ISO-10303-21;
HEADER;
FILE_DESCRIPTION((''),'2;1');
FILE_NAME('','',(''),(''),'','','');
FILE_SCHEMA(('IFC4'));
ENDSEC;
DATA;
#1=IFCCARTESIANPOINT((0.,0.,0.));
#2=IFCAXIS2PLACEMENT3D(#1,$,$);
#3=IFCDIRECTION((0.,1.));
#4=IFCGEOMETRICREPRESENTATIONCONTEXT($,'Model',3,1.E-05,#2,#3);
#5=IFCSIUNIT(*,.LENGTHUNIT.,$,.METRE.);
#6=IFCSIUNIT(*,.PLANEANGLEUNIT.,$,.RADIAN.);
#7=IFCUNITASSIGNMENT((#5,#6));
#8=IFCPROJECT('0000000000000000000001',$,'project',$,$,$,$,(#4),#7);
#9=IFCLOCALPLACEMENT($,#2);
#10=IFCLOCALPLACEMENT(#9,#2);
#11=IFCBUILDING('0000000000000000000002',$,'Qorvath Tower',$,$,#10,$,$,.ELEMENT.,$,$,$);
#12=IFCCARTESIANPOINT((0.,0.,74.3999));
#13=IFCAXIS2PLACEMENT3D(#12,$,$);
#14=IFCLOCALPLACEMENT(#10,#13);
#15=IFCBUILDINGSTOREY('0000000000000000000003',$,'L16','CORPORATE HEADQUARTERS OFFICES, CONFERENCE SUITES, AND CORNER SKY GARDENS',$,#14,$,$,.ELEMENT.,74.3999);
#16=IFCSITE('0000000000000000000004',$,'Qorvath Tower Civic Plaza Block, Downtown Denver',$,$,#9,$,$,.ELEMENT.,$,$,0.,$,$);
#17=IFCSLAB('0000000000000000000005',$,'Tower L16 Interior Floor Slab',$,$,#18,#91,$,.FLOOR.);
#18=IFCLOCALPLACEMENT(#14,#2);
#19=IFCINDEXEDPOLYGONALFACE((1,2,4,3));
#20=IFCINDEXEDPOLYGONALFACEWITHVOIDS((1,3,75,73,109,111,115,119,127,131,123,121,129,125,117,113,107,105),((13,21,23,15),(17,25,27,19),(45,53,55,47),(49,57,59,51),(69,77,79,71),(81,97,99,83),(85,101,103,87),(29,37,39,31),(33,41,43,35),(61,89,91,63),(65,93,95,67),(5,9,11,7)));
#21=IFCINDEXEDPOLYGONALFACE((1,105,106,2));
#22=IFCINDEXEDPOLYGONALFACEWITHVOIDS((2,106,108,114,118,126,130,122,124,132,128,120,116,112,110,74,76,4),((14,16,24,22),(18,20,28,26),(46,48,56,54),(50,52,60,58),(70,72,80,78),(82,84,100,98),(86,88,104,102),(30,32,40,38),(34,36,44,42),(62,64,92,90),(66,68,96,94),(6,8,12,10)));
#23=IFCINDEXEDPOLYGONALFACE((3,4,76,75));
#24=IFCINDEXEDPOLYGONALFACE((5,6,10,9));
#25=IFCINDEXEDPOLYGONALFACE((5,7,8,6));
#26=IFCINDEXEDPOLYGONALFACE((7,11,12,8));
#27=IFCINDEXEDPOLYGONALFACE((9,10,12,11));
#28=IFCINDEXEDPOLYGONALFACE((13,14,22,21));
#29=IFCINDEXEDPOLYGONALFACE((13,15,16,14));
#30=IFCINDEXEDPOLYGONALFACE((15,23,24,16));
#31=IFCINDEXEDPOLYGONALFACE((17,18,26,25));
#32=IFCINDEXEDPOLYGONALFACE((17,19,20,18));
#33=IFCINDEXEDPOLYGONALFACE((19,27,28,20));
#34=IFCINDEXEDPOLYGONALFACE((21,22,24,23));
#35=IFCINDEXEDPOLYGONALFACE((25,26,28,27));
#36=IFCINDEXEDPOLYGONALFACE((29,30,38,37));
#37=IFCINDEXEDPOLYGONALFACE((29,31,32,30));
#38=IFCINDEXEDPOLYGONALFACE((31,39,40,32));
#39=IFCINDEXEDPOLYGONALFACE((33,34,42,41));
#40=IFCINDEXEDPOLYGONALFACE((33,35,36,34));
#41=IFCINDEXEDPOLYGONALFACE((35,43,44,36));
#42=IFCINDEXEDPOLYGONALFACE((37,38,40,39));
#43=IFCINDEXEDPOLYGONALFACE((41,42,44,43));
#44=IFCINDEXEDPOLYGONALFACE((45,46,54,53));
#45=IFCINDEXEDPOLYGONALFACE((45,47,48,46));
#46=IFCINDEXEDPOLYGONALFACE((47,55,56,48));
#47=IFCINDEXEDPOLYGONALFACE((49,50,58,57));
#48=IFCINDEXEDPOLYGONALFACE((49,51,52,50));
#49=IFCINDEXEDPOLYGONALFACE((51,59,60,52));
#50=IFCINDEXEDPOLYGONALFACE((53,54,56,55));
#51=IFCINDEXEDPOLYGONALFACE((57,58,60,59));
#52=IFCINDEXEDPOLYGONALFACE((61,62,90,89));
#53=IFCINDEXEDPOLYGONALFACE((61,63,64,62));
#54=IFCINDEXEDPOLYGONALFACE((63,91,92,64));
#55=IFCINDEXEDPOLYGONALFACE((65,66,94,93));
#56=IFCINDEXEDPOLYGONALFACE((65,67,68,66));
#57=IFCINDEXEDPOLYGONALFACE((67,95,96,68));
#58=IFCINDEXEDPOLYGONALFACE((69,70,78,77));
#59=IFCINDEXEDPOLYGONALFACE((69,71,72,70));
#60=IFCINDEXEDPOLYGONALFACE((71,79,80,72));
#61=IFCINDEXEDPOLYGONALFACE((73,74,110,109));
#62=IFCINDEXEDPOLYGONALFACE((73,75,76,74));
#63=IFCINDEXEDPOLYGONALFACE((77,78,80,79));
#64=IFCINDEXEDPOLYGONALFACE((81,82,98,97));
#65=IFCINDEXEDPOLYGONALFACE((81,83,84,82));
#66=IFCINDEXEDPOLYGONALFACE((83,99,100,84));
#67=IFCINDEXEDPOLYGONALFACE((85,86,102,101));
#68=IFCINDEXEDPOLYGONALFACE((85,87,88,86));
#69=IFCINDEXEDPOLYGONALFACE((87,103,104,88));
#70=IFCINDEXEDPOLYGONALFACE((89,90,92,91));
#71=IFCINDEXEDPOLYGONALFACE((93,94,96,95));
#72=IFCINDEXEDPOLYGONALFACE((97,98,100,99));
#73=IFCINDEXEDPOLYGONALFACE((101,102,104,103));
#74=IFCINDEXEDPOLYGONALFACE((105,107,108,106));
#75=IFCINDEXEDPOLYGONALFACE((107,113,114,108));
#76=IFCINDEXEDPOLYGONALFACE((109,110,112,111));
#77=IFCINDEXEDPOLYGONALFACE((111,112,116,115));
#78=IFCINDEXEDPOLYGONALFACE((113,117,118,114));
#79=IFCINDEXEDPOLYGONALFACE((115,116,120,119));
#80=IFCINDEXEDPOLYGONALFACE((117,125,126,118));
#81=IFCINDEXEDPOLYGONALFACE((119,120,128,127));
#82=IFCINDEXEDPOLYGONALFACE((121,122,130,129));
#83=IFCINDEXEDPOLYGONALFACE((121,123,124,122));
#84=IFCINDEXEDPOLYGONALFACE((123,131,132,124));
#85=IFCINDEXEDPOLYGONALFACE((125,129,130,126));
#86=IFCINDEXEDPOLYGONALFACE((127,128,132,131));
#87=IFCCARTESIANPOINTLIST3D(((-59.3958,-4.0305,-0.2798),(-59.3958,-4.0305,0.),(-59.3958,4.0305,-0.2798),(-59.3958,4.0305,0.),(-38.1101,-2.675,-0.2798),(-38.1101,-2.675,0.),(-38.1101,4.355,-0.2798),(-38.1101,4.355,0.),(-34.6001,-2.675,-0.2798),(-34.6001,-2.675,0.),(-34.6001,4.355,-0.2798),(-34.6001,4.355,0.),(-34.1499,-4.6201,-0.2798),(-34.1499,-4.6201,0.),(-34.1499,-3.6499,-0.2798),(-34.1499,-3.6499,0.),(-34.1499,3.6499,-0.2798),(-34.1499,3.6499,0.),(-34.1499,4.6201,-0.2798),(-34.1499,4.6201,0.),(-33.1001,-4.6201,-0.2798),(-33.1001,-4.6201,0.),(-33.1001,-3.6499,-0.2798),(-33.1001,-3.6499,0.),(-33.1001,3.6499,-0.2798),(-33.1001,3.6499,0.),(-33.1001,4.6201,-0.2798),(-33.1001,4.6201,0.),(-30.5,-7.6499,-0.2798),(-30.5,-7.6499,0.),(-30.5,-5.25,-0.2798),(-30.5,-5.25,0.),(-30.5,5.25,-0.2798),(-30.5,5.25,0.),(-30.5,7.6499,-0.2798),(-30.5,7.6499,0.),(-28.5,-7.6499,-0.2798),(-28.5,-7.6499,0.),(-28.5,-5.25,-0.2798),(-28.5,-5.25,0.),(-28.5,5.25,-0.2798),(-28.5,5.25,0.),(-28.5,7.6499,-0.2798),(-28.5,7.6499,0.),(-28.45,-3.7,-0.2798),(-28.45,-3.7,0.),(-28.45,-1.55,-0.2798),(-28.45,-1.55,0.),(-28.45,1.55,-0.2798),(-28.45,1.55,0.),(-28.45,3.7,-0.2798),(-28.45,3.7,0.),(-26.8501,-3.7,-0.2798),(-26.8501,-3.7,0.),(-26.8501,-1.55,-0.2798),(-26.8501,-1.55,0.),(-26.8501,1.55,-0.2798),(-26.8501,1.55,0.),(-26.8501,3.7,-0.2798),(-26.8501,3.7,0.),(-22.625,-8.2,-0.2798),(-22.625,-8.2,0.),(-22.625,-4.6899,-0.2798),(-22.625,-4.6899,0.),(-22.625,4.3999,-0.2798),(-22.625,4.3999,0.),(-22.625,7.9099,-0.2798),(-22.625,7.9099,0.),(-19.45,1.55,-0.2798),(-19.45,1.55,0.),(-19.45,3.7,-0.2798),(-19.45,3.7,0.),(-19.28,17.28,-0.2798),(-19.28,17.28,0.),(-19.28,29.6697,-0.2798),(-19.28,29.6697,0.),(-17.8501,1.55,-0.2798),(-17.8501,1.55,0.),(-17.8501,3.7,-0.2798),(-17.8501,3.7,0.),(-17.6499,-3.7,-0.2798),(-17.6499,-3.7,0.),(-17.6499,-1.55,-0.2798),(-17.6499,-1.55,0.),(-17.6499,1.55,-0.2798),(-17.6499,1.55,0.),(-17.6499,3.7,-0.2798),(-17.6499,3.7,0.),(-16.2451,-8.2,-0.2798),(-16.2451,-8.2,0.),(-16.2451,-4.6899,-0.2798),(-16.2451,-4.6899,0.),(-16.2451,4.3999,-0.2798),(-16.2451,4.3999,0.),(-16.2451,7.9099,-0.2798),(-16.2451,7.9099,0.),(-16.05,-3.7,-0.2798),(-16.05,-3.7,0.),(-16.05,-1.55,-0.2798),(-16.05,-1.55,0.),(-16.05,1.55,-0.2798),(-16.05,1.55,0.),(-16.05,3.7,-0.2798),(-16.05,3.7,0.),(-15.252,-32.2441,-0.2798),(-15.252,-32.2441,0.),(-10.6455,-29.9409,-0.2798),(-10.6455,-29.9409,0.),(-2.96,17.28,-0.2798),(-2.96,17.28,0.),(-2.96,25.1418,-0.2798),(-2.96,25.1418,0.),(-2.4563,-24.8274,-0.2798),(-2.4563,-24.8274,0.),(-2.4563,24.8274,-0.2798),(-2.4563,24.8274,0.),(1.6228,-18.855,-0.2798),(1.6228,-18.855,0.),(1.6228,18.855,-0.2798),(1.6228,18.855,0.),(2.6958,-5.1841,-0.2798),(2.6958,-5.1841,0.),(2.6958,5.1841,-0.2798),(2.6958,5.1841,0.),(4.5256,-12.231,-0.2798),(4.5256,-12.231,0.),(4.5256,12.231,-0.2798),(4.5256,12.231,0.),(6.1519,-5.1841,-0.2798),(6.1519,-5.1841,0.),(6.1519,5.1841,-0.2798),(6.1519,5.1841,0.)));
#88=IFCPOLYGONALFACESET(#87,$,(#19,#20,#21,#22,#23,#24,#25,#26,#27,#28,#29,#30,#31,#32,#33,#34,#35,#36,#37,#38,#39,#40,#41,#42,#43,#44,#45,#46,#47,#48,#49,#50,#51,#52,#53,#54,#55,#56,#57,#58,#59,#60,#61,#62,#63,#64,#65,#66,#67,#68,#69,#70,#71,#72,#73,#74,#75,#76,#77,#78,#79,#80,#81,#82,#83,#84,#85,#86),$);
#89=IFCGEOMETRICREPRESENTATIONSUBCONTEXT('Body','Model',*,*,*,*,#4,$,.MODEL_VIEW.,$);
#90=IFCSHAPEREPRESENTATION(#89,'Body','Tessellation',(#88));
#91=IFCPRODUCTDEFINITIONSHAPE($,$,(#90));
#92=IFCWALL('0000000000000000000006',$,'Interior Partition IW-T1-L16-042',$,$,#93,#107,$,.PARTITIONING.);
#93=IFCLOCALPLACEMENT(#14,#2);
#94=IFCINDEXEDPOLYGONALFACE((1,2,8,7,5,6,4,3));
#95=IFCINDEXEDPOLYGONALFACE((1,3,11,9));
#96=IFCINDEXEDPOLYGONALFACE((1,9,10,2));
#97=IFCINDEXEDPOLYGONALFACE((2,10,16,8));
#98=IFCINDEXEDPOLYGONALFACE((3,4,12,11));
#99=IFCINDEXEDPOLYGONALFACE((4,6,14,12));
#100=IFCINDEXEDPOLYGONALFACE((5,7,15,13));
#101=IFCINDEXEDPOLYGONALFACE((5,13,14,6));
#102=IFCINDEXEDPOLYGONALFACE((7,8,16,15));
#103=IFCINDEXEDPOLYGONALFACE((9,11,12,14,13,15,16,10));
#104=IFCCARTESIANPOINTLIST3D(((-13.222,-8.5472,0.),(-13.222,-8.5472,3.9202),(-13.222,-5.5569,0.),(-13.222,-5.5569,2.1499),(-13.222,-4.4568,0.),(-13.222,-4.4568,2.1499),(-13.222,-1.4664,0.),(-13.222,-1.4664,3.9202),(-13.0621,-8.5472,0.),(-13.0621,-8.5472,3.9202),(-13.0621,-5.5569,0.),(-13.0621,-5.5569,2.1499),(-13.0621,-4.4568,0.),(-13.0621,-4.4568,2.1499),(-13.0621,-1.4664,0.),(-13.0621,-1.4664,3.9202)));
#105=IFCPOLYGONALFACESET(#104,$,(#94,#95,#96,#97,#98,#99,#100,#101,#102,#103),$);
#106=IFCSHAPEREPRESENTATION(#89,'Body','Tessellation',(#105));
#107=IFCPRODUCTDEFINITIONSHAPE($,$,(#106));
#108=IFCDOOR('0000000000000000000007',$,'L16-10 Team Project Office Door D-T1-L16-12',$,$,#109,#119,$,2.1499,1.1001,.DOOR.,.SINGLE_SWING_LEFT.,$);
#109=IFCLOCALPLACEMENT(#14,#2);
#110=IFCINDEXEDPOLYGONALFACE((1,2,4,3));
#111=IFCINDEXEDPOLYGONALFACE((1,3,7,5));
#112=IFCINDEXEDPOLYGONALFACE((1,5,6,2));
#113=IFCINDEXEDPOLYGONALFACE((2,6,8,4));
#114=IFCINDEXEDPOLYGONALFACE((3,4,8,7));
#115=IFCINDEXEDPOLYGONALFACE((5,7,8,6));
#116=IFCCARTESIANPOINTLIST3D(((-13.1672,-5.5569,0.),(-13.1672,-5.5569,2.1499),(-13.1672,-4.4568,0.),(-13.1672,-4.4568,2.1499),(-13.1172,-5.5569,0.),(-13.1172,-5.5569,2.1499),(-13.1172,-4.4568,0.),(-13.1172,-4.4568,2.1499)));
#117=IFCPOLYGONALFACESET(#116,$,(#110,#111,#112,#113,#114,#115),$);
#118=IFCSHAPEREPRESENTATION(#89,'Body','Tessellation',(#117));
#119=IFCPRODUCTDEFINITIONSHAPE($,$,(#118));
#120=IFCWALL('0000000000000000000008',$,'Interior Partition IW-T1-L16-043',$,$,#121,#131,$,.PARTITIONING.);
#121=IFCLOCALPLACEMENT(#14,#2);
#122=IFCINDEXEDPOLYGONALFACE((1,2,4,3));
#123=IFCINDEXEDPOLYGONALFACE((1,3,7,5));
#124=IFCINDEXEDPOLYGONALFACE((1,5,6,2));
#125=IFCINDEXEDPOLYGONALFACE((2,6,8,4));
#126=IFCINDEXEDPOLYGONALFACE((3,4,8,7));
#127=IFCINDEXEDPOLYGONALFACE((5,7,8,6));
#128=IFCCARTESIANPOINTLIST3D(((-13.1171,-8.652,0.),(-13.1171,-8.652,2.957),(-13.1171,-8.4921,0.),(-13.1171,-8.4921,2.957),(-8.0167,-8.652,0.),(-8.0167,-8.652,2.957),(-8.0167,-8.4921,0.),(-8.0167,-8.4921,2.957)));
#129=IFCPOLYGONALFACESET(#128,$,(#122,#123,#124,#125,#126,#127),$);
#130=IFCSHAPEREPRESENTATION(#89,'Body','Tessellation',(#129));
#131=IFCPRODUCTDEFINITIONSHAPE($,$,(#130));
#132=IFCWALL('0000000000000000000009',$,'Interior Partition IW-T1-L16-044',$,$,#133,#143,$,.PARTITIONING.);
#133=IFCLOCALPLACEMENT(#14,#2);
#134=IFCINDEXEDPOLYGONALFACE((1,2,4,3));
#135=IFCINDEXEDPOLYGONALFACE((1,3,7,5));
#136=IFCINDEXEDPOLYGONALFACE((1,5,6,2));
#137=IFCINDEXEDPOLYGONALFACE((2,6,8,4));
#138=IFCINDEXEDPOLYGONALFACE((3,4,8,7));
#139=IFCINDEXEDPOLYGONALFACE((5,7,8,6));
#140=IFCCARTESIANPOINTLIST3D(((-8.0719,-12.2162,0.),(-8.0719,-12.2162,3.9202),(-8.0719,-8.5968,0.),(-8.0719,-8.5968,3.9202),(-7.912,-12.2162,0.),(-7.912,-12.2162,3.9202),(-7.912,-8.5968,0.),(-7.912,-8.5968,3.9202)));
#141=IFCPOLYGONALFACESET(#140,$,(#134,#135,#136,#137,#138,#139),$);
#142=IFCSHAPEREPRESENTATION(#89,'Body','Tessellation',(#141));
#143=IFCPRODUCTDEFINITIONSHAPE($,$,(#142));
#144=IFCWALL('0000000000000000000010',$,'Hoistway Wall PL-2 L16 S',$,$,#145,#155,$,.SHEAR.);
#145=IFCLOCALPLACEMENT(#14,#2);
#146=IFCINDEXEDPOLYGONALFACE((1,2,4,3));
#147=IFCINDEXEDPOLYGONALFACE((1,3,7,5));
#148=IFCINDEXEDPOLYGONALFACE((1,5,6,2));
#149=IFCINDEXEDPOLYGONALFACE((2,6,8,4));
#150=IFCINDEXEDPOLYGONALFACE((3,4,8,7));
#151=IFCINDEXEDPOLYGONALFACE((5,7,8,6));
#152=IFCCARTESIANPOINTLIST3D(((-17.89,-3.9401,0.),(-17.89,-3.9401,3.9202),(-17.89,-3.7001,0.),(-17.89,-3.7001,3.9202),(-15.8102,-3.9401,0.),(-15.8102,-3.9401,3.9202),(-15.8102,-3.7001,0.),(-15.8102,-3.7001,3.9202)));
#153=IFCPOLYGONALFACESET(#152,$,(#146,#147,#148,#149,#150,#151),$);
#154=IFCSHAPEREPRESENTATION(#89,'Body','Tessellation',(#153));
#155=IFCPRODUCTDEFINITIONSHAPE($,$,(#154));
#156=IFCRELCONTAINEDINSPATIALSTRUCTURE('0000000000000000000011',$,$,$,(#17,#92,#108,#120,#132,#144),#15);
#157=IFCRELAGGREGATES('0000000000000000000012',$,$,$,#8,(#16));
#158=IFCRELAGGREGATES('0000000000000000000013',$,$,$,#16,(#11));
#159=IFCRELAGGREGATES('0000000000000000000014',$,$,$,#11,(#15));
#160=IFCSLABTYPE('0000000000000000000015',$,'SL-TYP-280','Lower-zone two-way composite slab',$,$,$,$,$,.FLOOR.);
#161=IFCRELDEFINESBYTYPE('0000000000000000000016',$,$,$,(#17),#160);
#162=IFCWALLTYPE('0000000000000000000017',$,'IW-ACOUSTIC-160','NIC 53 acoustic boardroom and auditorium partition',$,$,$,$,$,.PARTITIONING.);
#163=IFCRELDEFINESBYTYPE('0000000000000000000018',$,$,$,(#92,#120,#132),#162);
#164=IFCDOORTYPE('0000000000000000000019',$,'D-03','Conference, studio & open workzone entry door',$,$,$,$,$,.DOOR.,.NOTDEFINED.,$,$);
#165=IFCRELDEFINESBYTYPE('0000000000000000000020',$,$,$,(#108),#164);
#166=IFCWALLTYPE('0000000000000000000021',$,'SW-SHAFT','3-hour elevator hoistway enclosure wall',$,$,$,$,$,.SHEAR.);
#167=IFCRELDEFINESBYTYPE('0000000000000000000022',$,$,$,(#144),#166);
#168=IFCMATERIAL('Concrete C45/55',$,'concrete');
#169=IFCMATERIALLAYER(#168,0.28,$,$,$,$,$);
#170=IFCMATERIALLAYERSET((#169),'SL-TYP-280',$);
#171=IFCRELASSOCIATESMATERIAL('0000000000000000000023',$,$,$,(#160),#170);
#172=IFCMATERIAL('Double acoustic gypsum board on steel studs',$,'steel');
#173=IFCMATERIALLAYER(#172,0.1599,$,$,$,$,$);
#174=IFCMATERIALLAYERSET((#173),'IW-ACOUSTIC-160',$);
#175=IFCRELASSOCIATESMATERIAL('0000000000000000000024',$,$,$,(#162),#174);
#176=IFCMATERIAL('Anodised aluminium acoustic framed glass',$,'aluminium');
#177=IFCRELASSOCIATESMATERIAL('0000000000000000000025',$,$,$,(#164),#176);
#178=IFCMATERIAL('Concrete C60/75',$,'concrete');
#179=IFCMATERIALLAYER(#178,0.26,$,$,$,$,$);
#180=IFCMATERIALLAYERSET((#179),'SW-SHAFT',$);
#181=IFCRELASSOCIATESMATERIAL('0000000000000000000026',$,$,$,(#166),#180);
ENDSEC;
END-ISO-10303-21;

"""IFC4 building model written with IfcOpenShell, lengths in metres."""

from ifc_helpers import new_model, si_unit, direction, frame, frame_2d, origin, place, context, subcontext, project, spatial, polyline, rectangle, outline, extrude, material, layer, layer_set, type_object, element, fill, save


model = new_model("IFC4")

# Units and contexts
model_context = context("Model", 3, precision=1e-05, world=origin(), true_north=direction((0.0, 1.0)))
body_context = subcontext(model_context, "Body", "Model", "MODEL_VIEW")
ifc_project = project(units=[si_unit("LENGTHUNIT", "METRE"), si_unit("PLANEANGLEUNIT", "RADIAN")], contexts=[model_context])

# Site, building, storey
site_placement = place(None, origin())
site = spatial("IfcSite", under=ifc_project, at=site_placement, Name="Qorvath Tower Civic Plaza Block, Downtown Denver", CompositionType="ELEMENT", RefElevation=0.0)
building_placement = place(site_placement, origin())
building = spatial("IfcBuilding", under=site, at=building_placement, Name="Qorvath Tower", CompositionType="ELEMENT")
storey_placement = place(building_placement, frame((0.0, 0.0, 74.3999)))
storey = spatial("IfcBuildingStorey", under=building, at=storey_placement, Name="L16", Description="CORPORATE HEADQUARTERS OFFICES, CONFERENCE SUITES, AND CORNER SKY GARDENS", CompositionType="ELEMENT", Elevation=74.3999)

# Slab
ifc_material_1 = material(Name="Concrete C45/55", Category="concrete")
ifc_layer_1 = layer(ifc_material_1, 0.28)
ifc_layer_set_1 = layer_set([ifc_layer_1], Name="SL-TYP-280")
slab_type_1 = type_object("IfcSlabType", Name="SL-TYP-280", Description="Lower-zone two-way composite slab", PredefinedType="FLOOR", material=ifc_layer_set_1)
slab_1_placement = place(storey_placement, frame((0.0, 0.0, -0.2798)))
element("IfcSlab", 1, at=slab_1_placement, inside=storey, type_object=slab_type_1, Name="Tower L16 Interior Floor Slab", PredefinedType="FLOOR", context=body_context, shape_type="SweptSolid", body=[
    extrude(outline(polyline([(-2.4563, 24.8274), (-2.96, 25.1418), (-2.96, 17.28), (-19.28, 17.28), (-19.28, 29.6697), (-59.3958, 4.0305), (-59.3958, -4.0305), (-15.252, -32.2441), (-10.6455, -29.9409), (-2.4563, -24.8274), (1.6228, -18.855), (4.5256, -12.231), (6.1519, -5.1841), (2.6958, -5.1841), (2.6958, 5.1841), (6.1519, 5.1841), (4.5256, 12.231), (1.6228, 18.855), (-2.4563, 24.8274)]), holes=[polyline([(-17.6499, -3.7), (-17.6499, -1.55), (-16.05, -1.55), (-16.05, -3.7), (-17.6499, -3.7)]), polyline([(-17.6499, 1.55), (-17.6499, 3.7), (-16.05, 3.7), (-16.05, 1.55), (-17.6499, 1.55)]), polyline([(-16.2451, -8.2), (-22.625, -8.2), (-22.625, -4.6899), (-16.2451, -4.6899), (-16.2451, -8.2)]), polyline([(-22.625, 4.3999), (-22.625, 7.9099), (-16.2451, 7.9099), (-16.2451, 4.3999), (-22.625, 4.3999)]), polyline([(-17.8501, 1.55), (-19.45, 1.55), (-19.45, 3.7), (-17.8501, 3.7), (-17.8501, 1.55)]), polyline([(-28.45, -3.7), (-28.45, -1.55), (-26.8501, -1.55), (-26.8501, -3.7), (-28.45, -3.7)]), polyline([(-26.8501, 1.55), (-28.45, 1.55), (-28.45, 3.7), (-26.8501, 3.7), (-26.8501, 1.55)]), polyline([(-28.5, -7.6499), (-30.5, -7.6499), (-30.5, -5.25), (-28.5, -5.25), (-28.5, -7.6499)]), polyline([(-30.5, 5.25), (-30.5, 7.6499), (-28.5, 7.6499), (-28.5, 5.25), (-30.5, 5.25)]), polyline([(-34.1499, -4.6201), (-34.1499, -3.6499), (-33.1001, -3.6499), (-33.1001, -4.6201), (-34.1499, -4.6201)]), polyline([(-34.1499, 3.6499), (-34.1499, 4.6201), (-33.1001, 4.6201), (-33.1001, 3.6499), (-34.1499, 3.6499)]), polyline([(-34.6001, -2.675), (-38.1101, -2.675), (-38.1101, 4.355), (-34.6001, 4.355), (-34.6001, -2.675)])]), origin(), (0.0, 0.0, 1.0), 0.2798),
])

# Wall, opening, door
ifc_material_2 = material(Name="Double acoustic gypsum board on steel studs", Category="steel")
ifc_layer_2 = layer(ifc_material_2, 0.1599)
ifc_layer_set_2 = layer_set([ifc_layer_2], Name="IW-ACOUSTIC-160")
wall_type_1 = type_object("IfcWallType", Name="IW-ACOUSTIC-160", Description="NIC 53 acoustic boardroom and auditorium partition", PredefinedType="PARTITIONING", material=ifc_layer_set_2)
wall_1_placement = place(storey_placement, frame((-13.1421, -1.4663, 0.0), z_axis=(0.0, 0.0, 1.0), x_axis=(0.0, -1.0, 0.0)))
wall_1 = element("IfcWall", 2, at=wall_1_placement, inside=storey, type_object=wall_type_1, Name="Interior Partition IW-T1-L16-042", PredefinedType="PARTITIONING", context=body_context, shape_type="SweptSolid", body=[
    extrude(rectangle(XDim=7.0808, YDim=0.1599, at=frame_2d((3.5405, 0.0))), origin(), (0.0, 0.0, 1.0), 3.9202),
])
opening_1_placement = place(wall_1_placement, frame((2.9905, 0.0, 0.0)))
opening_1 = element("IfcOpeningElement", 3, at=opening_1_placement, cuts=wall_1, PredefinedType="OPENING", context=body_context, shape_type="SweptSolid", body=[
    extrude(rectangle(XDim=1.1001, YDim=2.1499, at=frame_2d((0.55, 1.075))), frame((0.0, 0.0898, 0.0), z_axis=(0.0, -1.0, 0.0), x_axis=(1.0, 0.0, 0.0)), (0.0, 0.0, 1.0), 0.1799),
])
ifc_material_3 = material(Name="Anodised aluminium acoustic framed glass", Category="aluminium")
door_type_1 = type_object("IfcDoorType", Name="D-03", Description="Conference, studio & open workzone entry door", OperationType="NOTDEFINED", PredefinedType="DOOR", material=ifc_material_3)
door_1_placement = place(opening_1_placement, origin())
door_1 = element("IfcDoor", 4, at=door_1_placement, inside=storey, type_object=door_type_1, Name="L16-10 Team Project Office Door D-T1-L16-12", OperationType="SINGLE_SWING_LEFT", OverallHeight=2.1499, OverallWidth=1.1001, PredefinedType="DOOR", context=body_context, shape_type="SweptSolid", body=[
    extrude(rectangle(XDim=1.1001, YDim=2.1499, at=frame_2d((0.55, 1.075))), frame((0.0, 0.0249, 0.0), z_axis=(0.0, -1.0, 0.0), x_axis=(1.0, 0.0, 0.0)), (0.0, 0.0, 1.0), 0.05),
])
fill(opening_1, door_1)

# Walls
wall_2_placement = place(storey_placement, frame((-13.1172, -8.572, 0.0), z_axis=(0.0, 0.0, 1.0), x_axis=(1.0, 0.0, 0.0)))
element("IfcWall", 5, at=wall_2_placement, inside=storey, type_object=wall_type_1, Name="Interior Partition IW-T1-L16-043", PredefinedType="PARTITIONING", context=body_context, shape_type="SweptSolid", body=[
    extrude(rectangle(XDim=5.1003, YDim=0.1599, at=frame_2d((2.5503, 0.0))), origin(), (0.0, 0.0, 1.0), 2.957),
])
wall_3_placement = place(storey_placement, frame((-7.9919, -8.5969, 0.0), z_axis=(0.0, 0.0, 1.0), x_axis=(0.0, -1.0, 0.0)))
element("IfcWall", 6, at=wall_3_placement, inside=storey, type_object=wall_type_1, Name="Interior Partition IW-T1-L16-044", PredefinedType="PARTITIONING", context=body_context, shape_type="SweptSolid", body=[
    extrude(rectangle(XDim=3.6194, YDim=0.1599, at=frame_2d((1.8096, 0.0))), origin(), (0.0, 0.0, 1.0), 3.9202),
])
ifc_material_4 = material(Name="Concrete C60/75", Category="concrete")
ifc_layer_3 = layer(ifc_material_4, 0.26)
ifc_layer_set_3 = layer_set([ifc_layer_3], Name="SW-SHAFT")
wall_type_2 = type_object("IfcWallType", Name="SW-SHAFT", Description="3-hour elevator hoistway enclosure wall", PredefinedType="SHEAR", material=ifc_layer_set_3)
wall_4_placement = place(storey_placement, frame((-15.8101, -3.8201, 0.0), z_axis=(0.0, 0.0, 1.0), x_axis=(-1.0, 0.0, 0.0)))
element("IfcWall", 7, at=wall_4_placement, inside=storey, type_object=wall_type_2, Name="Hoistway Wall PL-2 L16 S", PredefinedType="SHEAR", context=body_context, shape_type="SweptSolid", body=[
    extrude(rectangle(XDim=2.0798, YDim=0.24, at=frame_2d((1.04, 0.0))), origin(), (0.0, 0.0, 1.0), 3.9202),
])

save(model, "model.ifc")
